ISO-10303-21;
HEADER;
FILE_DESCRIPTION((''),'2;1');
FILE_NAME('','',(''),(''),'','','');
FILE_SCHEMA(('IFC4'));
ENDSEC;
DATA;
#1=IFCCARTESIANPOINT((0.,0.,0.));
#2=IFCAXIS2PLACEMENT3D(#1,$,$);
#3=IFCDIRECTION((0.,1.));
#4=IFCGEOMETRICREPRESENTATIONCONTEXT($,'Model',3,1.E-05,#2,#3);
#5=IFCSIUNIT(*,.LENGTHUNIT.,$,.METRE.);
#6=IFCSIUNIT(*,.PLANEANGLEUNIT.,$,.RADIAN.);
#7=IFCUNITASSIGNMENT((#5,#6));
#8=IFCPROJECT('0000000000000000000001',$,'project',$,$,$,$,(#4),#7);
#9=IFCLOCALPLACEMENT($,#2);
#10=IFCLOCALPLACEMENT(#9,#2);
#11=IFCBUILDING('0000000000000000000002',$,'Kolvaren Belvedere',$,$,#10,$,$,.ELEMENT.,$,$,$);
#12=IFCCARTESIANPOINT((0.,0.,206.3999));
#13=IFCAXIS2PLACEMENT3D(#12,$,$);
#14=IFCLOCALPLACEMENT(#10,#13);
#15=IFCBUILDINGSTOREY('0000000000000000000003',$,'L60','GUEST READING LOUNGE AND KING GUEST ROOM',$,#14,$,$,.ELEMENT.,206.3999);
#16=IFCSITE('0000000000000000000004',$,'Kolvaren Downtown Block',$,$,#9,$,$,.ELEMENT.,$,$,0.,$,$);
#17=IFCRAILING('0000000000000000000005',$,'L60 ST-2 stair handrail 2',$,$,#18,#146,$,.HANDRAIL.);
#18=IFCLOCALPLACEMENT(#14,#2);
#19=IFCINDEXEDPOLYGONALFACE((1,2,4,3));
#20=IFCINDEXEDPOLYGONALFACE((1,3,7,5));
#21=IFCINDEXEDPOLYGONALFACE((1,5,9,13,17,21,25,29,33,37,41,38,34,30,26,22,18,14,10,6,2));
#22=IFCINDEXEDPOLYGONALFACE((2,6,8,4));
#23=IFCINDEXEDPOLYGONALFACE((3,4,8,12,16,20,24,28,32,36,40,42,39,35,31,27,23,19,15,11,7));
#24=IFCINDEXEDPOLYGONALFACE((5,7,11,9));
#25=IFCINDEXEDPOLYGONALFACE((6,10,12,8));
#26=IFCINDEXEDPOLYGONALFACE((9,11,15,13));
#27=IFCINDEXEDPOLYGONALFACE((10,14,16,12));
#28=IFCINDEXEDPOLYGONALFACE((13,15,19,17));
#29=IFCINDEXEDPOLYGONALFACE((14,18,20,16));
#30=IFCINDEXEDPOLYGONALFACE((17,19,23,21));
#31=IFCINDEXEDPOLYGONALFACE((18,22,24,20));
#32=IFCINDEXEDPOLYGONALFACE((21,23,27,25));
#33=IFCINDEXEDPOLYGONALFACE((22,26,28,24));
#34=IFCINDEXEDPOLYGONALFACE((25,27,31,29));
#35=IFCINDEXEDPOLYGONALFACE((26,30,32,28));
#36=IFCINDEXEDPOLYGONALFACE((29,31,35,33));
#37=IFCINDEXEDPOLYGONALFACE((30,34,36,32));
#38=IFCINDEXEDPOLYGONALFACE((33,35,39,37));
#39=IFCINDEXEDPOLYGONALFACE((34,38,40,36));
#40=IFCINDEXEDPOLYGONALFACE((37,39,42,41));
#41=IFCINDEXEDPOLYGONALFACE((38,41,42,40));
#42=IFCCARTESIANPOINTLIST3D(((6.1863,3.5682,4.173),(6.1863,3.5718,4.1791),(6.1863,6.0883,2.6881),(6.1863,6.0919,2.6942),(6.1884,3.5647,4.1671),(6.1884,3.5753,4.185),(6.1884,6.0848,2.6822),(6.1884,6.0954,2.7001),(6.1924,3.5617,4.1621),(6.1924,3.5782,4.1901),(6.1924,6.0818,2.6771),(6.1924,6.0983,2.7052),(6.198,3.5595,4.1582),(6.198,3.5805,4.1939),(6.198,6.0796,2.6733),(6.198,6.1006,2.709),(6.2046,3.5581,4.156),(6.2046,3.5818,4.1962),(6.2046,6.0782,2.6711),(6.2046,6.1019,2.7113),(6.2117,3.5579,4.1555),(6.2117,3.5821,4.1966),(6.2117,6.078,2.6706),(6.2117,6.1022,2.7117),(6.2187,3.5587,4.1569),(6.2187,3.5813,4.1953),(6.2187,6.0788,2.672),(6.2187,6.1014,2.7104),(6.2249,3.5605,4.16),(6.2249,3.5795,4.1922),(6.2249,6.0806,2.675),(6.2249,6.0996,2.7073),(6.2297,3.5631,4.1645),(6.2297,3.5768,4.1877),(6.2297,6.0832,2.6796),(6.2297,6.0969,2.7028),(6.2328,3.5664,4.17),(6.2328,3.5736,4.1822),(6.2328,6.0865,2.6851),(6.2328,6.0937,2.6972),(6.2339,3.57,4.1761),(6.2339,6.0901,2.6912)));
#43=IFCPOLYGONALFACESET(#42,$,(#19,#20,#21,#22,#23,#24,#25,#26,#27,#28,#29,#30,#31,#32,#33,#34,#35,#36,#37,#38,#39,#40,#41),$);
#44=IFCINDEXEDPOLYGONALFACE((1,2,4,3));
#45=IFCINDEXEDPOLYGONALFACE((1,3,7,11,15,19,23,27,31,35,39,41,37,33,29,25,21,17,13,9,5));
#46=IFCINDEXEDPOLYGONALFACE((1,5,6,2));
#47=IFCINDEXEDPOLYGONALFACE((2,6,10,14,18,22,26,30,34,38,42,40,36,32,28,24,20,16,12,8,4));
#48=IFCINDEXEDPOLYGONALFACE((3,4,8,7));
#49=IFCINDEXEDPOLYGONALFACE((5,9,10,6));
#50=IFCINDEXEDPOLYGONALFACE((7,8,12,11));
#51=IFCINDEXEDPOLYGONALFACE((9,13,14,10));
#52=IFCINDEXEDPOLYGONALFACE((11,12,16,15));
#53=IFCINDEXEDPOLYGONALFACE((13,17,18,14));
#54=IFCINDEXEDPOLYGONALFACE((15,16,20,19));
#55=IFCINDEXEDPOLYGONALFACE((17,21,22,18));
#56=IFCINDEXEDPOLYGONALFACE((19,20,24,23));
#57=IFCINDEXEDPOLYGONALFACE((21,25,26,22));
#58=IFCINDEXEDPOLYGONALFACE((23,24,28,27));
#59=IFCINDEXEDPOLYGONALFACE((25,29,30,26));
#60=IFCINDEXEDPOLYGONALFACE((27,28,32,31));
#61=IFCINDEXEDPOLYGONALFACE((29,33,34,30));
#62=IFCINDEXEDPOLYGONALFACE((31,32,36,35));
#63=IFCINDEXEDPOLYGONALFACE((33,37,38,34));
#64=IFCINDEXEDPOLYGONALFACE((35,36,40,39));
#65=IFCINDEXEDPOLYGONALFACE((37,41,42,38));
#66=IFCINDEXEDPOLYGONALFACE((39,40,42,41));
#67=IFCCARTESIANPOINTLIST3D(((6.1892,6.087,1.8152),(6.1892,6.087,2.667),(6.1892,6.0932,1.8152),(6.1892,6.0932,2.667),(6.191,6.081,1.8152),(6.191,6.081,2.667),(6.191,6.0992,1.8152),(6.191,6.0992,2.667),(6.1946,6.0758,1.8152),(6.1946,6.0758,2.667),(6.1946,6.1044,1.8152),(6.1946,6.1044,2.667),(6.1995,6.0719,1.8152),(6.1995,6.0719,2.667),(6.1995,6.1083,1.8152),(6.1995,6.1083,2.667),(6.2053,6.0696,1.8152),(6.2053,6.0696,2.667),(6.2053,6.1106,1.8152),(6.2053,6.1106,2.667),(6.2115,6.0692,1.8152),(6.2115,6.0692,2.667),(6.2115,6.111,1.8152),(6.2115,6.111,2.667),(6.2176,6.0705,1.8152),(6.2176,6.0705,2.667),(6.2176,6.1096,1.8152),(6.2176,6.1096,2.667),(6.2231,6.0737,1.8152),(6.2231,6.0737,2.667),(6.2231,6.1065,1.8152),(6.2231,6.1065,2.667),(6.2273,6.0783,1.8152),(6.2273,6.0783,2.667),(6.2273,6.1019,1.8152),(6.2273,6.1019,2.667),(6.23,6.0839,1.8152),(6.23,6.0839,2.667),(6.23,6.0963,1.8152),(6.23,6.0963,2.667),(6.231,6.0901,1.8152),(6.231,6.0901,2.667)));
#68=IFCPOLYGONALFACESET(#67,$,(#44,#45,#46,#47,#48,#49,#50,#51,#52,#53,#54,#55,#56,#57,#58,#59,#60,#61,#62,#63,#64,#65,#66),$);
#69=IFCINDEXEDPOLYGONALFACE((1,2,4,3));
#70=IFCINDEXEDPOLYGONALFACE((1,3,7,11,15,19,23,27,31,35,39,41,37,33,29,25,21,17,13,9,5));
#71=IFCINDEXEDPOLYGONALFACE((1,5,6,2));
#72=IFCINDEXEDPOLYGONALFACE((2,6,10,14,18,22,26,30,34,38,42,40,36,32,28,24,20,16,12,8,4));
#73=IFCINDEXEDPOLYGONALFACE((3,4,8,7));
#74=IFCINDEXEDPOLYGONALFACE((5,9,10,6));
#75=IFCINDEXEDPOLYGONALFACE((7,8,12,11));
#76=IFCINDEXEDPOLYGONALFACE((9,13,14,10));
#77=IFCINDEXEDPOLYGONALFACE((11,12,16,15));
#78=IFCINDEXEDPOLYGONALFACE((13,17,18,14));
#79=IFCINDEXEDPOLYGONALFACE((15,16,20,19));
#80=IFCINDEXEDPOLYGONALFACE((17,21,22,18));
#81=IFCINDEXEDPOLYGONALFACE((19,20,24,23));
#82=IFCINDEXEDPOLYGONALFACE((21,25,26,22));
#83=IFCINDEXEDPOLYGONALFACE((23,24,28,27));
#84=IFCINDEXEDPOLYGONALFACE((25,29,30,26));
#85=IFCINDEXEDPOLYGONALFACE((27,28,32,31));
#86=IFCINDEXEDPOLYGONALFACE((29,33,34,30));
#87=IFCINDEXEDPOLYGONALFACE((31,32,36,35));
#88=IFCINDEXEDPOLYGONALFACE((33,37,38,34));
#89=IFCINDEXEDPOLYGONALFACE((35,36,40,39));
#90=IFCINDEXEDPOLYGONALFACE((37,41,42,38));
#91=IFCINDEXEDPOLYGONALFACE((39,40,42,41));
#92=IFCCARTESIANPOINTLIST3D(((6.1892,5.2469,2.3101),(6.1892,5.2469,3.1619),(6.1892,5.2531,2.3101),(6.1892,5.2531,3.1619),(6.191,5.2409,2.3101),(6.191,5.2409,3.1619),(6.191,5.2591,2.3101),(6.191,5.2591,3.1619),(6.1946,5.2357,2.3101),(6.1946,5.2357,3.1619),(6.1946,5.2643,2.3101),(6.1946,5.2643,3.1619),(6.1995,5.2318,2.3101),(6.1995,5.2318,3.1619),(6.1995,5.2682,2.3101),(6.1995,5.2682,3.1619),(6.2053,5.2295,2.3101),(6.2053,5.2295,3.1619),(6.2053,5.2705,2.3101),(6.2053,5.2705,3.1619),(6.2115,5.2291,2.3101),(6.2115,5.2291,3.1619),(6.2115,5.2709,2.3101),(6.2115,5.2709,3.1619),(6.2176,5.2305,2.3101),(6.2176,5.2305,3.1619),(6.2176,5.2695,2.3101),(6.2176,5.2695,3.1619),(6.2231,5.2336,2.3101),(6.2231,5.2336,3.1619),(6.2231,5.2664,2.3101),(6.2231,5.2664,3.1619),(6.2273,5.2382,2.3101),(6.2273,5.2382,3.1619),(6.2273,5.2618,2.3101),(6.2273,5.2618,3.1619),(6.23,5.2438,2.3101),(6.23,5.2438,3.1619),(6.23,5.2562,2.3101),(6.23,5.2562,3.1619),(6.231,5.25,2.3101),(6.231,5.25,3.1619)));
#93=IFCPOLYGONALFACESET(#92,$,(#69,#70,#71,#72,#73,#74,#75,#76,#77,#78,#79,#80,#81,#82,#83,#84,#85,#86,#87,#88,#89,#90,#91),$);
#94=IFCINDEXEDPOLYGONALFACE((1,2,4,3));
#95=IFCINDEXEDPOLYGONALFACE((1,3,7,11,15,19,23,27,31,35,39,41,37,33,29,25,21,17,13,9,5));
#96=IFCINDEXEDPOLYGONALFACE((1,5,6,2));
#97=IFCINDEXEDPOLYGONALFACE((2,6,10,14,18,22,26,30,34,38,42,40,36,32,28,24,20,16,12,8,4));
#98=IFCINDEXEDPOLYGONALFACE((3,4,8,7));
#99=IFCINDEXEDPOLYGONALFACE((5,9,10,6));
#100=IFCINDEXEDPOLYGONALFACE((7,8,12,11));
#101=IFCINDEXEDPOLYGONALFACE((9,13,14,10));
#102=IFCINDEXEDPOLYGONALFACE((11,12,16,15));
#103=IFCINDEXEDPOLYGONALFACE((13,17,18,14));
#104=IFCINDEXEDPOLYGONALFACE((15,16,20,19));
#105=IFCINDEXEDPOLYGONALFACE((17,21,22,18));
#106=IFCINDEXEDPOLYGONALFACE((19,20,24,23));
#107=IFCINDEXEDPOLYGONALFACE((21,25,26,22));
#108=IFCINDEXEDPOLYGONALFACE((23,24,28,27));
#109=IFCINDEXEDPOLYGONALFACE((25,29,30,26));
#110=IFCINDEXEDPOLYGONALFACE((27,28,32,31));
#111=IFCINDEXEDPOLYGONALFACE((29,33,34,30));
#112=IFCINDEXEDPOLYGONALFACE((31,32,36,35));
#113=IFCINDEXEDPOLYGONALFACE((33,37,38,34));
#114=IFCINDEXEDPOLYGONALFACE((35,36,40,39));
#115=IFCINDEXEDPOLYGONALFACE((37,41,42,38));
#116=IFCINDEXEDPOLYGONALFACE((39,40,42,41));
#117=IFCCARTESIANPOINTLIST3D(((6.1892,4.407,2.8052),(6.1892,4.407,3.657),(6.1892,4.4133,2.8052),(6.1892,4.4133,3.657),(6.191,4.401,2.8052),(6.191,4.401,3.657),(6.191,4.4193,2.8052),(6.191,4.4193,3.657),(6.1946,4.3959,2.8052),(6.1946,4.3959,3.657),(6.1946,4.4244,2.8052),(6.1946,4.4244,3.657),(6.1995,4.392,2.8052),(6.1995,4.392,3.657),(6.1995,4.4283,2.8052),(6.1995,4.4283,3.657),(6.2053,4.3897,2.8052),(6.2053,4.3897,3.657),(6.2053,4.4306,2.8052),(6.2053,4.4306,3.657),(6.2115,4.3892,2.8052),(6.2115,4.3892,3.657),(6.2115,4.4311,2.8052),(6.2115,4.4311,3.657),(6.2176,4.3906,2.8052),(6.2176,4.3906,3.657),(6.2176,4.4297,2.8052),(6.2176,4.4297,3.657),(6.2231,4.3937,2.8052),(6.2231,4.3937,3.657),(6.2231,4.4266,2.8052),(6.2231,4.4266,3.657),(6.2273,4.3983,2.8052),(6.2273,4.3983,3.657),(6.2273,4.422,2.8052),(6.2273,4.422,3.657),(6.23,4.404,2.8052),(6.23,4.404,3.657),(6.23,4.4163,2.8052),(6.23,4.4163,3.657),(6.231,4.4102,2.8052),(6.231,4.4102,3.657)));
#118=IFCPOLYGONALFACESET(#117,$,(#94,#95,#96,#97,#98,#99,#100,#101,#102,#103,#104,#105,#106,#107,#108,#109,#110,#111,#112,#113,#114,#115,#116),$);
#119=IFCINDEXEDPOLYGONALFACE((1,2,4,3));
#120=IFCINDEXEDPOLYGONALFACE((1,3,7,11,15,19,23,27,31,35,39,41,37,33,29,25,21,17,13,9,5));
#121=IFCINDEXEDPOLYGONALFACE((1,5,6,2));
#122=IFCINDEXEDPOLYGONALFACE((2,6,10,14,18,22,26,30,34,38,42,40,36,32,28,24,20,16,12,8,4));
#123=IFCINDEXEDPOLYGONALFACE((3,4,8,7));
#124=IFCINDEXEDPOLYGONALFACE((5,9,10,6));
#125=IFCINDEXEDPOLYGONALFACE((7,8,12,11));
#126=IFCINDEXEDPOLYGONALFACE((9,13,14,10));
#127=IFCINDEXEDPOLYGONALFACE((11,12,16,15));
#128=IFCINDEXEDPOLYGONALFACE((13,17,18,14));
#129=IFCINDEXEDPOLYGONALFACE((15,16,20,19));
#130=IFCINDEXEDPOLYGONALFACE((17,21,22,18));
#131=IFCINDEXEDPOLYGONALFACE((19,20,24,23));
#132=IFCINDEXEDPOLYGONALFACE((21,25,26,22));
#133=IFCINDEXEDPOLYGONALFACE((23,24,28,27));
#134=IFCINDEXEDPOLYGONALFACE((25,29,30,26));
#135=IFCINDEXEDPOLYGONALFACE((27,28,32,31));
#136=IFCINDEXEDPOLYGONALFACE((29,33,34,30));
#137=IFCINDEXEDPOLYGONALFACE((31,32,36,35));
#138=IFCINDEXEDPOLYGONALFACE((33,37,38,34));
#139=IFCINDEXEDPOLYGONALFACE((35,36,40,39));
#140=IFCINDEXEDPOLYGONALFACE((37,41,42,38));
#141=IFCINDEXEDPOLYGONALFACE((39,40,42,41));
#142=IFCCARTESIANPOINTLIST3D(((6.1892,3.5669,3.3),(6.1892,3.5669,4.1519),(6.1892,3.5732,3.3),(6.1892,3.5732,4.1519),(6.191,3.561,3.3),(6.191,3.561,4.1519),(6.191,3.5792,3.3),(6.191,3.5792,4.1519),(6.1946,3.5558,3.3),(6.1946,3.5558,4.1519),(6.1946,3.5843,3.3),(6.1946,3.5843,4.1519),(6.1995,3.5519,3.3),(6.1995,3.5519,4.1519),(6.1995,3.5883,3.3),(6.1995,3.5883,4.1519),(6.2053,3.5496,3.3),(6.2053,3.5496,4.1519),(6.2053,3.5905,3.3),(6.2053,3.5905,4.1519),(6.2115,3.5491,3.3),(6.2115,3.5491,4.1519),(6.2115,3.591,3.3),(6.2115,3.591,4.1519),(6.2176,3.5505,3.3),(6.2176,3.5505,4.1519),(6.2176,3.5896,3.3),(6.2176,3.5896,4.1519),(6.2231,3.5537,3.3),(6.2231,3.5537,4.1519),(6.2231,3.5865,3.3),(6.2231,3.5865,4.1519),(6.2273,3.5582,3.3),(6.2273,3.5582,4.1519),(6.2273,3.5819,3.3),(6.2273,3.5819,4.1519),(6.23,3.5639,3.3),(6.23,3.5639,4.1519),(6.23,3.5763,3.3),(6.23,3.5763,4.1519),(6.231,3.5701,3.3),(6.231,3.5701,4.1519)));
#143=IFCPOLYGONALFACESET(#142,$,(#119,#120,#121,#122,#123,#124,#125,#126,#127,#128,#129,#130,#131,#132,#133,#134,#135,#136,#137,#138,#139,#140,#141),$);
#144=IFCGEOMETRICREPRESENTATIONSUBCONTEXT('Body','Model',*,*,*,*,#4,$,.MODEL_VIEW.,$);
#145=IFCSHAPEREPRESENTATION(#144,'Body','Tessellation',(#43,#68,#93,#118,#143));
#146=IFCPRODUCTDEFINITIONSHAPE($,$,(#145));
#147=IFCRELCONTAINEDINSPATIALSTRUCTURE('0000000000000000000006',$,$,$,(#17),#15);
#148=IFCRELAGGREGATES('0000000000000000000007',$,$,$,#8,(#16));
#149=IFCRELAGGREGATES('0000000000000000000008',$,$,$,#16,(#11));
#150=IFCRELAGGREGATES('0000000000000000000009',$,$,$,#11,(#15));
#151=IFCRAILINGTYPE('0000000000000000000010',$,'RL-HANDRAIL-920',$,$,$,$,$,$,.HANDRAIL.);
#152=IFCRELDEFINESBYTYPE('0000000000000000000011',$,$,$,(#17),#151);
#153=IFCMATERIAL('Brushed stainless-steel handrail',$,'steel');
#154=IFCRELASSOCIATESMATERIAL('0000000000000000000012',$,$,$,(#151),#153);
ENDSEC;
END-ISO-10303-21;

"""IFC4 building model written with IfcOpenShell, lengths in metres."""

from ifc_helpers import new_model, si_unit, direction, frame, origin, origin_2d, place, context, subcontext, project, spatial, circle, extrude, material, type_object, element, save


model = new_model("IFC4")

# Units and contexts
model_context = context("Model", 3, precision=1e-05, world=origin(), true_north=direction((0.0, 1.0)))
body_context = subcontext(model_context, "Body", "Model", "MODEL_VIEW")
ifc_project = project(units=[si_unit("LENGTHUNIT", "METRE"), si_unit("PLANEANGLEUNIT", "RADIAN")], contexts=[model_context])

# Site, building, storey
site_placement = place(None, origin())
site = spatial("IfcSite", under=ifc_project, at=site_placement, Name="Kolvaren Downtown Block", CompositionType="ELEMENT", RefElevation=0.0)
building_placement = place(site_placement, origin())
building = spatial("IfcBuilding", under=site, at=building_placement, Name="Kolvaren Belvedere", CompositionType="ELEMENT")
storey_placement = place(building_placement, frame((0.0, 0.0, 206.3999)))
storey = spatial("IfcBuildingStorey", under=building, at=storey_placement, Name="L60", Description="GUEST READING LOUNGE AND KING GUEST ROOM", CompositionType="ELEMENT", Elevation=206.3999)

# Railing
ifc_material_1 = material(Name="Brushed stainless-steel handrail", Category="steel")
railing_type_1 = type_object("IfcRailingType", Name="RL-HANDRAIL-920", PredefinedType="HANDRAIL", material=ifc_material_1)
railing_1_placement = place(storey_placement, frame((6.21, 6.0901, 1.8152)))
element("IfcRailing", 1, at=railing_1_placement, inside=storey, type_object=railing_type_1, Name="L60 ST-2 stair handrail 2", PredefinedType="HANDRAIL", context=body_context, shape_type="SweptSolid", body=[
    extrude(circle(Radius=0.0239, at=origin_2d()), frame((0.0, 0.0, 0.876), z_axis=(0.0, -0.861561, 0.507655), x_axis=(1.0, 0.0, 0.0)), (0.0, 0.0, 1.0), 2.925),
    extrude(circle(Radius=0.021, at=origin_2d()), origin(), (0.0, 0.0, 1.0), 0.8518),
    extrude(circle(Radius=0.021, at=origin_2d()), frame((0.0, -0.8401, 0.4949)), (0.0, 0.0, 1.0), 0.8518),
    extrude(circle(Radius=0.021, at=origin_2d()), frame((0.0, -1.6799, 0.99)), (0.0, 0.0, 1.0), 0.8518),
    extrude(circle(Radius=0.021, at=origin_2d()), frame((0.0, -2.52, 1.4849)), (0.0, 0.0, 1.0), 0.8518),
])

save(model, "model.ifc")
